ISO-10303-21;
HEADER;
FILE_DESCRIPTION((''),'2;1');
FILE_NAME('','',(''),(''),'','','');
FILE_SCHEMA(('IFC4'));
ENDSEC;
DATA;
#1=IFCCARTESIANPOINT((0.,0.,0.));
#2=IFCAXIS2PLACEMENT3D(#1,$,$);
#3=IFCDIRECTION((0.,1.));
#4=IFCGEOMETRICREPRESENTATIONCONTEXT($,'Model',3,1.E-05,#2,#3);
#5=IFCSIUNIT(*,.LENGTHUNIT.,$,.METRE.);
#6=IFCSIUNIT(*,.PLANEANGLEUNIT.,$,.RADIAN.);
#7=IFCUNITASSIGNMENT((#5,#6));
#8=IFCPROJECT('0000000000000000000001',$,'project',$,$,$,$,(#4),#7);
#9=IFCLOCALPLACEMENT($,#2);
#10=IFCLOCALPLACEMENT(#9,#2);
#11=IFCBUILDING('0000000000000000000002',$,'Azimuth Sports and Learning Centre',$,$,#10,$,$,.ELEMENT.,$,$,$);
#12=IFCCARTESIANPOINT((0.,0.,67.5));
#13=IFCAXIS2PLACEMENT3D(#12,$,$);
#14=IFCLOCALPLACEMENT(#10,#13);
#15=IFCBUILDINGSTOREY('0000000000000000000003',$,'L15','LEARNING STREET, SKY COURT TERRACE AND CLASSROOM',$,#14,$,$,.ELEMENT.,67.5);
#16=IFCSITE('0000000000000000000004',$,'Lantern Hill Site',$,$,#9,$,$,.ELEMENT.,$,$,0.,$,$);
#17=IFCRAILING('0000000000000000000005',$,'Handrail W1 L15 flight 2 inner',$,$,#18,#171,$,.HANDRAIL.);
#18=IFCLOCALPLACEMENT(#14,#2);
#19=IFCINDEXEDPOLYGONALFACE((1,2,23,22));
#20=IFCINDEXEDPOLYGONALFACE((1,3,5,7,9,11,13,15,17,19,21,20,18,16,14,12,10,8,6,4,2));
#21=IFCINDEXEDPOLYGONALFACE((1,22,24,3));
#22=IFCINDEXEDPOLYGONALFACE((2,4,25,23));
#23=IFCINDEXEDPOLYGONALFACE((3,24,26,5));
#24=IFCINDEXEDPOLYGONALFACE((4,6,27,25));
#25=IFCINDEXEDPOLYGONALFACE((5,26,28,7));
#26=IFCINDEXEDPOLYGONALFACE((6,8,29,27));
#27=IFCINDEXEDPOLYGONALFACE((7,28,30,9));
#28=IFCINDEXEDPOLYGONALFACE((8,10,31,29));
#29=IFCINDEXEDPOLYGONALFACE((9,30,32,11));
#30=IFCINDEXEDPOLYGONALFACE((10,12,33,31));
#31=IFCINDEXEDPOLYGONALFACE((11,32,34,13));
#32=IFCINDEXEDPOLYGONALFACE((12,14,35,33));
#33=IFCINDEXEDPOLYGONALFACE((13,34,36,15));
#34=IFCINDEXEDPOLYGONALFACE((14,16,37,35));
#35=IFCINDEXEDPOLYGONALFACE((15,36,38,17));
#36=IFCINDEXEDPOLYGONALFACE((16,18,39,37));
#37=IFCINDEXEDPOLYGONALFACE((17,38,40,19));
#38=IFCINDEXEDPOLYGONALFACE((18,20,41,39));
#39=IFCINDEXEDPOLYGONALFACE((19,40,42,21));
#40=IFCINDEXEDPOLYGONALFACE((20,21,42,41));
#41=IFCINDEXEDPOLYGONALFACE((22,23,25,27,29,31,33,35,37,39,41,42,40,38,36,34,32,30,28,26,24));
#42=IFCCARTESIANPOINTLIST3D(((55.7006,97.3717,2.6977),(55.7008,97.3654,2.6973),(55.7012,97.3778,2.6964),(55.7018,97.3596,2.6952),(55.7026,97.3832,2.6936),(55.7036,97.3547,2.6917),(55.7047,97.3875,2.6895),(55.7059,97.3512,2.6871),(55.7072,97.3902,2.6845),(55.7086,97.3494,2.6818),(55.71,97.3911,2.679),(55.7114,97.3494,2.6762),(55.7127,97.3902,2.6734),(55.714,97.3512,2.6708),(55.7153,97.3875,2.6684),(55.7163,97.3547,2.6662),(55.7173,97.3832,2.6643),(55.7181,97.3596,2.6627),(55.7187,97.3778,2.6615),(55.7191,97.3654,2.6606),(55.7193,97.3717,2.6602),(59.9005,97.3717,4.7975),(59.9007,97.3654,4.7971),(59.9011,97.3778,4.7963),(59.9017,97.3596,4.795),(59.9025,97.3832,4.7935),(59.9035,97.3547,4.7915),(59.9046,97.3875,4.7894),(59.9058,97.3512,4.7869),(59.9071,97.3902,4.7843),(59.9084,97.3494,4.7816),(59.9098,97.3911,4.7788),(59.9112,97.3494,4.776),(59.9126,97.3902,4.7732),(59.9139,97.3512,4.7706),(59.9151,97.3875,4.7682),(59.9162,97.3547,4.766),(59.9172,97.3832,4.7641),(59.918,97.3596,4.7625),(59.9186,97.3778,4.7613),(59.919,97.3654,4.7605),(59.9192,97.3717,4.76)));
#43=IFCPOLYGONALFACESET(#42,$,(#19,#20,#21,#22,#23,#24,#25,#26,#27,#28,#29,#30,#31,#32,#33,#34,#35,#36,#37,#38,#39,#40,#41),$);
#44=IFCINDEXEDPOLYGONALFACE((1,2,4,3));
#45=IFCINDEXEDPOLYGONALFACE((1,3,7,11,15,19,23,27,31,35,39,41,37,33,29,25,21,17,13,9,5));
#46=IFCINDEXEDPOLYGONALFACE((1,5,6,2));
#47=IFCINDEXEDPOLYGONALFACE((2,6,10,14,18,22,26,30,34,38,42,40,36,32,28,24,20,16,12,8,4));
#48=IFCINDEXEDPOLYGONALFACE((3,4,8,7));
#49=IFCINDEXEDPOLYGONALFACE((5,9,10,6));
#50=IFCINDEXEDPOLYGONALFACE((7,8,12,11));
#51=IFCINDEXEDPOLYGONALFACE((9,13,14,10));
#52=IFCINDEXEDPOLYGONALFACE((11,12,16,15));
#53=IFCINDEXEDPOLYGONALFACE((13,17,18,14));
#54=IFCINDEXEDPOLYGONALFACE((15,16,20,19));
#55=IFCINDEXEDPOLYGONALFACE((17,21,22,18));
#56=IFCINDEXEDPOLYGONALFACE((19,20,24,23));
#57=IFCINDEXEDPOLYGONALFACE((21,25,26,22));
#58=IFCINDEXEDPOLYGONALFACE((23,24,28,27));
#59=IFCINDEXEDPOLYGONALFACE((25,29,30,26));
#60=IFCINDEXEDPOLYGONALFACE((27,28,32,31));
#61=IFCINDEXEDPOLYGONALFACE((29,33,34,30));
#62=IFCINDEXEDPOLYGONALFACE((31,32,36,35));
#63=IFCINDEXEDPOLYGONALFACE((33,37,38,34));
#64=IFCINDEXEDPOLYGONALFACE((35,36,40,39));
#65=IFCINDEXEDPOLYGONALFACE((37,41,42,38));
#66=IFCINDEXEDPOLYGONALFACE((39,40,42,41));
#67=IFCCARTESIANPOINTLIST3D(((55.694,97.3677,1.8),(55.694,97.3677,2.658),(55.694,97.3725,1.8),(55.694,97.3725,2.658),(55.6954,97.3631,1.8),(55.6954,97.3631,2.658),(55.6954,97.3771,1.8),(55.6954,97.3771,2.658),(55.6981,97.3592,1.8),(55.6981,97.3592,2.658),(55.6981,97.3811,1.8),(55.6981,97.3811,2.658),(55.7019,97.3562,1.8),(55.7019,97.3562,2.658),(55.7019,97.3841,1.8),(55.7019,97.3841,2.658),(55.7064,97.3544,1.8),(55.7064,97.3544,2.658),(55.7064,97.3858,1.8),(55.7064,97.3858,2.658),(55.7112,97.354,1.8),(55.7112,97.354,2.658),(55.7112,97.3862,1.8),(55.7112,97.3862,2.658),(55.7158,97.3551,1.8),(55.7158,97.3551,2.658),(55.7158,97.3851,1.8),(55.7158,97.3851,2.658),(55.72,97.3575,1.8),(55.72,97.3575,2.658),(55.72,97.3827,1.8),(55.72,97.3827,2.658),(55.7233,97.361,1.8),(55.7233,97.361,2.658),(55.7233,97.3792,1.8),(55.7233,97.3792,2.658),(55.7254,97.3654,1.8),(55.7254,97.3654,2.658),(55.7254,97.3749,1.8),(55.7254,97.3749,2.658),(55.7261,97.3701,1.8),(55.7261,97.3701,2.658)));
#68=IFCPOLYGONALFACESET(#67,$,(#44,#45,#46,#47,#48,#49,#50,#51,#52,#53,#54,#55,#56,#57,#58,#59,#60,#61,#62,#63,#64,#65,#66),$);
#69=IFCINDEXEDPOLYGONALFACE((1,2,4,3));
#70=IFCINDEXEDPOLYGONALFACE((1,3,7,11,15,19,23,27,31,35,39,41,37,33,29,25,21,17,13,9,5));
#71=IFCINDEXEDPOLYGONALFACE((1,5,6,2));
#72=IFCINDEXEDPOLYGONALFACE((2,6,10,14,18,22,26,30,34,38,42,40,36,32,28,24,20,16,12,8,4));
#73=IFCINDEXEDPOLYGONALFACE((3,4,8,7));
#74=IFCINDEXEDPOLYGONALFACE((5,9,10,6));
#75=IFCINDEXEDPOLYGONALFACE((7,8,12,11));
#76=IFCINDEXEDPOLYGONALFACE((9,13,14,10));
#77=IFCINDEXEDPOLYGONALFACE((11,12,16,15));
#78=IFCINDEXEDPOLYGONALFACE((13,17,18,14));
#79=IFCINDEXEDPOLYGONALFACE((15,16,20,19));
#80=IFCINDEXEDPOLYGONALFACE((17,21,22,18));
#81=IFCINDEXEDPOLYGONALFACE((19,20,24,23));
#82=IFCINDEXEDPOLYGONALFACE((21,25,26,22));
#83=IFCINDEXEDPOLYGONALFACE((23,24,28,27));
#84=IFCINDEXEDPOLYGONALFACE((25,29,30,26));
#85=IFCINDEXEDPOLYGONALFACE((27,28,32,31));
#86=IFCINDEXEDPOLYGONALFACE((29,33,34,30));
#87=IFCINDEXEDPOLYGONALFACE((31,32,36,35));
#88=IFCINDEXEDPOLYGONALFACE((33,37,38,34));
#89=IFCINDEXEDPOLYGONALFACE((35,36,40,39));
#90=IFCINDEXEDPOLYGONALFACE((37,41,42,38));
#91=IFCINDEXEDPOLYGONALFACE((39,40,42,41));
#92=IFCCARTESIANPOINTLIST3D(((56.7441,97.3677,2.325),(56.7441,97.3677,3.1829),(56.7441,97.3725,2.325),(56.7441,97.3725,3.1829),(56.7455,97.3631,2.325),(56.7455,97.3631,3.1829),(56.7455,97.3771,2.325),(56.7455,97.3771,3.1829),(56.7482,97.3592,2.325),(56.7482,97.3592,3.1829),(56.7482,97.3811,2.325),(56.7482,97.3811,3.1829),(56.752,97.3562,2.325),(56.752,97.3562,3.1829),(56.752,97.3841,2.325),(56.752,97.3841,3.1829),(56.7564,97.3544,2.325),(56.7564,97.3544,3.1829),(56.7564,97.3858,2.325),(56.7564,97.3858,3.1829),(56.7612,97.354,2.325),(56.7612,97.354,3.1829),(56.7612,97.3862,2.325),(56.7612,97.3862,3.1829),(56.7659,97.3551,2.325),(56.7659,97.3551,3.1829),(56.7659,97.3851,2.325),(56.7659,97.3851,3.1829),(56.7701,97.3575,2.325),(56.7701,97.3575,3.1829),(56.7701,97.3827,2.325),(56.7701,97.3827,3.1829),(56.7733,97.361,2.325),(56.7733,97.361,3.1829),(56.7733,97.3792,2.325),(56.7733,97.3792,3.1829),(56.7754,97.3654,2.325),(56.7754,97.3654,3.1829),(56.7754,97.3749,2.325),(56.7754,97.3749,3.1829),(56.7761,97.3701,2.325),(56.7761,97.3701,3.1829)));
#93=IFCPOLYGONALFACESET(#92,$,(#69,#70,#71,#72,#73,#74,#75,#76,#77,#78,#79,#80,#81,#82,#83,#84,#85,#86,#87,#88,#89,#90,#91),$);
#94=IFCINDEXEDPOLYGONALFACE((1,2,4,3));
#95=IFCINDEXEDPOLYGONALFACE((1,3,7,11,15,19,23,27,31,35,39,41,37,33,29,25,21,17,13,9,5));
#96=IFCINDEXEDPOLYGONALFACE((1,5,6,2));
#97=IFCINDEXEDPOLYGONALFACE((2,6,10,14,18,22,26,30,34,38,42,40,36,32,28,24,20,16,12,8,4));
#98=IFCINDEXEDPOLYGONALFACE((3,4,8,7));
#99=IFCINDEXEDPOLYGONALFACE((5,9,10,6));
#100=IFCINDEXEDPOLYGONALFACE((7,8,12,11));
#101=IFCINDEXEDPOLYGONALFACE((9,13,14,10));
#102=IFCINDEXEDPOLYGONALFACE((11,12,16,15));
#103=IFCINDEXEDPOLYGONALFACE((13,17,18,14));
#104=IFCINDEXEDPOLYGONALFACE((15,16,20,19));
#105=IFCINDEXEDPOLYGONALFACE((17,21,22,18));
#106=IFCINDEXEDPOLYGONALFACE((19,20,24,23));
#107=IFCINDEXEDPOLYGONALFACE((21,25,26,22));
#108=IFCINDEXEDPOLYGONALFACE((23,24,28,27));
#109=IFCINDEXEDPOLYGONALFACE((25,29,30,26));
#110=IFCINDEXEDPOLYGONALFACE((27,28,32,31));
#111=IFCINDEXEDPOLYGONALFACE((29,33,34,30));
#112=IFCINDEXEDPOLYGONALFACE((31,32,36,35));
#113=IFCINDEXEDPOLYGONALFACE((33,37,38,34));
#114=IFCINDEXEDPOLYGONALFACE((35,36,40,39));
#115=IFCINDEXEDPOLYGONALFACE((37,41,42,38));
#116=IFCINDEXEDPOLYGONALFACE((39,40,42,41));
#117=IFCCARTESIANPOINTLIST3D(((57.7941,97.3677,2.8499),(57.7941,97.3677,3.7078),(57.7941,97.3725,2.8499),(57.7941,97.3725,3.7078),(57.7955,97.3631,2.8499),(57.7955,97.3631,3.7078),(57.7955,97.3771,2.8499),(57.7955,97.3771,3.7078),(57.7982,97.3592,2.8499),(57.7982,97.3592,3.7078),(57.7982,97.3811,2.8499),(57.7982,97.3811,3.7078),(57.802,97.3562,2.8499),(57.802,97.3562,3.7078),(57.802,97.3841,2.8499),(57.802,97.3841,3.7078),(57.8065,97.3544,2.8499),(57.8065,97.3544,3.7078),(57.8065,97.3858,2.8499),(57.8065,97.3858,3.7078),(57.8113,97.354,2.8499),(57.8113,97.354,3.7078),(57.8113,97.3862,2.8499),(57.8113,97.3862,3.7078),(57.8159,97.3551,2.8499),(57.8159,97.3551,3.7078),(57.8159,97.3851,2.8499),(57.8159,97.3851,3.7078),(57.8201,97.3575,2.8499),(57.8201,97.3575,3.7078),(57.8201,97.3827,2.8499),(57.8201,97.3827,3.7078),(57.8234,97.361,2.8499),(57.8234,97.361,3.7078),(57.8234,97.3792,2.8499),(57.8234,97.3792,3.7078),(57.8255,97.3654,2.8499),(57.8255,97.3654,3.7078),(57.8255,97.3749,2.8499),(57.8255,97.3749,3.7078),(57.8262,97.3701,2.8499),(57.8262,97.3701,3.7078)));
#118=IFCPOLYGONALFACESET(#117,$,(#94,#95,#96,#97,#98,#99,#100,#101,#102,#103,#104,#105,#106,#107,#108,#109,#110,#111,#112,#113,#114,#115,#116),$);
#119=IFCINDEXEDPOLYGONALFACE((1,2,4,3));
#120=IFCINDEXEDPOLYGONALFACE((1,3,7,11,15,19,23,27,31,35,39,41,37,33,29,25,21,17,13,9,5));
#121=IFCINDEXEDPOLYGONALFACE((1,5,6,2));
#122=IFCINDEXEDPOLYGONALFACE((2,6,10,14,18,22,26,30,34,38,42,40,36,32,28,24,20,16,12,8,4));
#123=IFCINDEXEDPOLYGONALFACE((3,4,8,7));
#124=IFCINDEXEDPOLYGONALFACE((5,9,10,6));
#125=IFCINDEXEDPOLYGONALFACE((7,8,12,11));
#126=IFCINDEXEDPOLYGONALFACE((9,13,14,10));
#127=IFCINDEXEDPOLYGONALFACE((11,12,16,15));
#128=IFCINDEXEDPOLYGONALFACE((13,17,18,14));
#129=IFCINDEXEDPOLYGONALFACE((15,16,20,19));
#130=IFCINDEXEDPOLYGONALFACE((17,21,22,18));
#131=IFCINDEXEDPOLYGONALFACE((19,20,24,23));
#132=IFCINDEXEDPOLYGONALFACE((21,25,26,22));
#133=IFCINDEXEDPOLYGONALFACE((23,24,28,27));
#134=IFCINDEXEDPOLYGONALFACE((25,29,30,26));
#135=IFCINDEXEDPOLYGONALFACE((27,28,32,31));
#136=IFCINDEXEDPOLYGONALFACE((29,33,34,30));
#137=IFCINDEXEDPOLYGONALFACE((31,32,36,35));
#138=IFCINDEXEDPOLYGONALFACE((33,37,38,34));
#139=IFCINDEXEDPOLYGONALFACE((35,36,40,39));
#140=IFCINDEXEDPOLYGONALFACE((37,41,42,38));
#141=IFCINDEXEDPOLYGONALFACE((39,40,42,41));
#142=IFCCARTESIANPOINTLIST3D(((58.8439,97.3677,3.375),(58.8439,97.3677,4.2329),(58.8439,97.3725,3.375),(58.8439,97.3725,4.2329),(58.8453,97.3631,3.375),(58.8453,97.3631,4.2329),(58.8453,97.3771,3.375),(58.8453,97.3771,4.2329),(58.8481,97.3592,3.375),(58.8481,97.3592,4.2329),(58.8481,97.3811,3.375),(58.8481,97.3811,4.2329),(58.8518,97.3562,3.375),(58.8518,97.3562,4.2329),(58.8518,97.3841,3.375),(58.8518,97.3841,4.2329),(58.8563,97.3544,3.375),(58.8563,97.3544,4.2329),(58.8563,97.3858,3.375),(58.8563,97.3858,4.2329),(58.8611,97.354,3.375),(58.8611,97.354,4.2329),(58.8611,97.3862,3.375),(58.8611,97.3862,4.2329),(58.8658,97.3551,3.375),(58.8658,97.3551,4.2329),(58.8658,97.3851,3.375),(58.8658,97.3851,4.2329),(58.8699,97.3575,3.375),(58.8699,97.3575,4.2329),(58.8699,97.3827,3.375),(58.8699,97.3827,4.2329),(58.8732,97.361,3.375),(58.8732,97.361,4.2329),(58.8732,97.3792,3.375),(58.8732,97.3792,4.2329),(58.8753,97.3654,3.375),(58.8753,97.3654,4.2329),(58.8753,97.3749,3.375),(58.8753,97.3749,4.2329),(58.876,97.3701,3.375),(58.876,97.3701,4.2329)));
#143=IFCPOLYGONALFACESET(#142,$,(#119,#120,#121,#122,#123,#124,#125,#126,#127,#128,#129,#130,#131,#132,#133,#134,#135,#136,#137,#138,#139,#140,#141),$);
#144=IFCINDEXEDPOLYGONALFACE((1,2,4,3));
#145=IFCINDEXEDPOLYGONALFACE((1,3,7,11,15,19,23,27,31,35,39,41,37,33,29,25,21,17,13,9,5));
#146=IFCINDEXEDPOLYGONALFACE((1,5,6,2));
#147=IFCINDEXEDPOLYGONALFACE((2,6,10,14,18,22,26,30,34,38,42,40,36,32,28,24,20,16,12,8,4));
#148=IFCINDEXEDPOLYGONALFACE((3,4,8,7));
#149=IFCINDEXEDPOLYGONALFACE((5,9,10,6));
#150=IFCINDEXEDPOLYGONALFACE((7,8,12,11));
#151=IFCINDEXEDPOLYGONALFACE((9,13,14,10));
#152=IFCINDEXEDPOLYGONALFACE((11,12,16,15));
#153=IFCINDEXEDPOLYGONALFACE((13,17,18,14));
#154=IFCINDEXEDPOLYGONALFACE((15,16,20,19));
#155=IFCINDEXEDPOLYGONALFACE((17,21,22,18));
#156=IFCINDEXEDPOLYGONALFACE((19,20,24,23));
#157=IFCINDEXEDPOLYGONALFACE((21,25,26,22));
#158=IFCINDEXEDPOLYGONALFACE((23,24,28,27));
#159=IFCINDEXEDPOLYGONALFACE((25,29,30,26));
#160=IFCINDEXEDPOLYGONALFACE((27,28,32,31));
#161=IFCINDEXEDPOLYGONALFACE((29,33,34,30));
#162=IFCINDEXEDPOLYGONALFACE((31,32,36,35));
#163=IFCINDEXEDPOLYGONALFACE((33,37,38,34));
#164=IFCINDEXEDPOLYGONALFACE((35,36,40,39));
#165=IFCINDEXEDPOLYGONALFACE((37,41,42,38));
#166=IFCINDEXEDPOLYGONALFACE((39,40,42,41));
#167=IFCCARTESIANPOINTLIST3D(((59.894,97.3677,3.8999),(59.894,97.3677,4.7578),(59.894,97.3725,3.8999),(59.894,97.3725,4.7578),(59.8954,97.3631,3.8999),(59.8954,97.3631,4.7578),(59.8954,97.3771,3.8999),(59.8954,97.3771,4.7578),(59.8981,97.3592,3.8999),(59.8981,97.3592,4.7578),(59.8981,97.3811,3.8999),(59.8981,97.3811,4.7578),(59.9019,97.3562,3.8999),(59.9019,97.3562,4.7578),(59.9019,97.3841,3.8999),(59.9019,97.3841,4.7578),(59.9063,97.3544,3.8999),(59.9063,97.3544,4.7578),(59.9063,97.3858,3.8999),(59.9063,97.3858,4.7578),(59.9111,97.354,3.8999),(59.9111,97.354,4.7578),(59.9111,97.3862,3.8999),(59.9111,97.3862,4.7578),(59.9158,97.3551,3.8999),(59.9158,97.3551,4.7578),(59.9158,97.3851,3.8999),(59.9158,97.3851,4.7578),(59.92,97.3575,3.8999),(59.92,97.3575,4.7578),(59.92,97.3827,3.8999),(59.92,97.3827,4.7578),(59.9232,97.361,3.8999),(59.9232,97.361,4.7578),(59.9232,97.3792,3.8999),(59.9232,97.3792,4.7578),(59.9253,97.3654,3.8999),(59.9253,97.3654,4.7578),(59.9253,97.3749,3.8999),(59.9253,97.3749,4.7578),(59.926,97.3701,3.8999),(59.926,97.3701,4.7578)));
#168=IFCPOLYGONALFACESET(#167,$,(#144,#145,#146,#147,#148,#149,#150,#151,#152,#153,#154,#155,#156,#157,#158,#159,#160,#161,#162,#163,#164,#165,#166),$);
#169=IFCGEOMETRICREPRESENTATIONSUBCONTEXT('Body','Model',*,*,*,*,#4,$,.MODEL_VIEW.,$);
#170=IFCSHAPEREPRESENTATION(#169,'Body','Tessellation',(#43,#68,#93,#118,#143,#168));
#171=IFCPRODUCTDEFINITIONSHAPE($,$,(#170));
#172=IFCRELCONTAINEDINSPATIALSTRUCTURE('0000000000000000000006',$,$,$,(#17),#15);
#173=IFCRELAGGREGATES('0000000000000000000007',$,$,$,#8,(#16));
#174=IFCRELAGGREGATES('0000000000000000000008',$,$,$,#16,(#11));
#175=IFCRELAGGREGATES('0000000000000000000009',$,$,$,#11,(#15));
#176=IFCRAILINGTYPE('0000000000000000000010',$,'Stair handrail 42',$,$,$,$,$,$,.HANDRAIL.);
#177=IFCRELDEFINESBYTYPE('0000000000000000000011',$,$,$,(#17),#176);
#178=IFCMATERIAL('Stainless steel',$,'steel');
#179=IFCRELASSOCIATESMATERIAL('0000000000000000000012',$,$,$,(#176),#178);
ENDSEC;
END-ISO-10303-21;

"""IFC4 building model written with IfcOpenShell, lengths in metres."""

from ifc_helpers import new_model, si_unit, direction, frame, origin, origin_2d, place, context, subcontext, project, spatial, circle, extrude, material, type_object, element, save


model = new_model("IFC4")

# Units and contexts
model_context = context("Model", 3, precision=1e-05, world=origin(), true_north=direction((0.0, 1.0)))
body_context = subcontext(model_context, "Body", "Model", "MODEL_VIEW")
ifc_project = project(units=[si_unit("LENGTHUNIT", "METRE"), si_unit("PLANEANGLEUNIT", "RADIAN")], contexts=[model_context])

# Site, building, storey
site_placement = place(None, origin())
site = spatial("IfcSite", under=ifc_project, at=site_placement, Name="Lantern Hill Site", CompositionType="ELEMENT", RefElevation=0.0)
building_placement = place(site_placement, origin())
building = spatial("IfcBuilding", under=site, at=building_placement, Name="Azimuth Sports and Learning Centre", CompositionType="ELEMENT")
storey_placement = place(building_placement, frame((0.0, 0.0, 67.5)))
storey = spatial("IfcBuildingStorey", under=building, at=storey_placement, Name="L15", Description="LEARNING STREET, SKY COURT TERRACE AND CLASSROOM", CompositionType="ELEMENT", Elevation=67.5)

# Railing
ifc_material_1 = material(Name="Stainless steel", Category="steel")
railing_type_1 = type_object("IfcRailingType", Name="Stair handrail 42", PredefinedType="HANDRAIL", material=ifc_material_1)
for number, where, name in (
    (1, (55.71, 97.3701, 1.8), "Handrail W1 L15 flight 2 inner"),
):
    element("IfcRailing", number, at=place(storey_placement, frame(where)), inside=storey, type_object=railing_type_1, Name=name, PredefinedType="HANDRAIL", context=body_context, shape_type="SweptSolid", body=[
        extrude(circle(Radius=0.021, at=origin_2d()), frame((0.0, 0.0, 0.8789), z_axis=(0.894438, 0.0, 0.447193), x_axis=(0.0, 1.0, 0.0)), (0.0, 0.0, 1.0), 4.6956),
        extrude(circle(Radius=0.0161, at=origin_2d()), origin(), (0.0, 0.0, 1.0), 0.8579),
        extrude(circle(Radius=0.0161, at=origin_2d()), frame((1.05, 0.0, 0.5249)), (0.0, 0.0, 1.0), 0.8579),
        extrude(circle(Radius=0.0161, at=origin_2d()), frame((2.1001, 0.0, 1.0498)), (0.0, 0.0, 1.0), 0.8579),
        extrude(circle(Radius=0.0161, at=origin_2d()), frame((3.1499, 0.0, 1.575)), (0.0, 0.0, 1.0), 0.8579),
        extrude(circle(Radius=0.0161, at=origin_2d()), frame((4.2, 0.0, 2.0999)), (0.0, 0.0, 1.0), 0.8579),
    ])

save(model, "model.ifc")
